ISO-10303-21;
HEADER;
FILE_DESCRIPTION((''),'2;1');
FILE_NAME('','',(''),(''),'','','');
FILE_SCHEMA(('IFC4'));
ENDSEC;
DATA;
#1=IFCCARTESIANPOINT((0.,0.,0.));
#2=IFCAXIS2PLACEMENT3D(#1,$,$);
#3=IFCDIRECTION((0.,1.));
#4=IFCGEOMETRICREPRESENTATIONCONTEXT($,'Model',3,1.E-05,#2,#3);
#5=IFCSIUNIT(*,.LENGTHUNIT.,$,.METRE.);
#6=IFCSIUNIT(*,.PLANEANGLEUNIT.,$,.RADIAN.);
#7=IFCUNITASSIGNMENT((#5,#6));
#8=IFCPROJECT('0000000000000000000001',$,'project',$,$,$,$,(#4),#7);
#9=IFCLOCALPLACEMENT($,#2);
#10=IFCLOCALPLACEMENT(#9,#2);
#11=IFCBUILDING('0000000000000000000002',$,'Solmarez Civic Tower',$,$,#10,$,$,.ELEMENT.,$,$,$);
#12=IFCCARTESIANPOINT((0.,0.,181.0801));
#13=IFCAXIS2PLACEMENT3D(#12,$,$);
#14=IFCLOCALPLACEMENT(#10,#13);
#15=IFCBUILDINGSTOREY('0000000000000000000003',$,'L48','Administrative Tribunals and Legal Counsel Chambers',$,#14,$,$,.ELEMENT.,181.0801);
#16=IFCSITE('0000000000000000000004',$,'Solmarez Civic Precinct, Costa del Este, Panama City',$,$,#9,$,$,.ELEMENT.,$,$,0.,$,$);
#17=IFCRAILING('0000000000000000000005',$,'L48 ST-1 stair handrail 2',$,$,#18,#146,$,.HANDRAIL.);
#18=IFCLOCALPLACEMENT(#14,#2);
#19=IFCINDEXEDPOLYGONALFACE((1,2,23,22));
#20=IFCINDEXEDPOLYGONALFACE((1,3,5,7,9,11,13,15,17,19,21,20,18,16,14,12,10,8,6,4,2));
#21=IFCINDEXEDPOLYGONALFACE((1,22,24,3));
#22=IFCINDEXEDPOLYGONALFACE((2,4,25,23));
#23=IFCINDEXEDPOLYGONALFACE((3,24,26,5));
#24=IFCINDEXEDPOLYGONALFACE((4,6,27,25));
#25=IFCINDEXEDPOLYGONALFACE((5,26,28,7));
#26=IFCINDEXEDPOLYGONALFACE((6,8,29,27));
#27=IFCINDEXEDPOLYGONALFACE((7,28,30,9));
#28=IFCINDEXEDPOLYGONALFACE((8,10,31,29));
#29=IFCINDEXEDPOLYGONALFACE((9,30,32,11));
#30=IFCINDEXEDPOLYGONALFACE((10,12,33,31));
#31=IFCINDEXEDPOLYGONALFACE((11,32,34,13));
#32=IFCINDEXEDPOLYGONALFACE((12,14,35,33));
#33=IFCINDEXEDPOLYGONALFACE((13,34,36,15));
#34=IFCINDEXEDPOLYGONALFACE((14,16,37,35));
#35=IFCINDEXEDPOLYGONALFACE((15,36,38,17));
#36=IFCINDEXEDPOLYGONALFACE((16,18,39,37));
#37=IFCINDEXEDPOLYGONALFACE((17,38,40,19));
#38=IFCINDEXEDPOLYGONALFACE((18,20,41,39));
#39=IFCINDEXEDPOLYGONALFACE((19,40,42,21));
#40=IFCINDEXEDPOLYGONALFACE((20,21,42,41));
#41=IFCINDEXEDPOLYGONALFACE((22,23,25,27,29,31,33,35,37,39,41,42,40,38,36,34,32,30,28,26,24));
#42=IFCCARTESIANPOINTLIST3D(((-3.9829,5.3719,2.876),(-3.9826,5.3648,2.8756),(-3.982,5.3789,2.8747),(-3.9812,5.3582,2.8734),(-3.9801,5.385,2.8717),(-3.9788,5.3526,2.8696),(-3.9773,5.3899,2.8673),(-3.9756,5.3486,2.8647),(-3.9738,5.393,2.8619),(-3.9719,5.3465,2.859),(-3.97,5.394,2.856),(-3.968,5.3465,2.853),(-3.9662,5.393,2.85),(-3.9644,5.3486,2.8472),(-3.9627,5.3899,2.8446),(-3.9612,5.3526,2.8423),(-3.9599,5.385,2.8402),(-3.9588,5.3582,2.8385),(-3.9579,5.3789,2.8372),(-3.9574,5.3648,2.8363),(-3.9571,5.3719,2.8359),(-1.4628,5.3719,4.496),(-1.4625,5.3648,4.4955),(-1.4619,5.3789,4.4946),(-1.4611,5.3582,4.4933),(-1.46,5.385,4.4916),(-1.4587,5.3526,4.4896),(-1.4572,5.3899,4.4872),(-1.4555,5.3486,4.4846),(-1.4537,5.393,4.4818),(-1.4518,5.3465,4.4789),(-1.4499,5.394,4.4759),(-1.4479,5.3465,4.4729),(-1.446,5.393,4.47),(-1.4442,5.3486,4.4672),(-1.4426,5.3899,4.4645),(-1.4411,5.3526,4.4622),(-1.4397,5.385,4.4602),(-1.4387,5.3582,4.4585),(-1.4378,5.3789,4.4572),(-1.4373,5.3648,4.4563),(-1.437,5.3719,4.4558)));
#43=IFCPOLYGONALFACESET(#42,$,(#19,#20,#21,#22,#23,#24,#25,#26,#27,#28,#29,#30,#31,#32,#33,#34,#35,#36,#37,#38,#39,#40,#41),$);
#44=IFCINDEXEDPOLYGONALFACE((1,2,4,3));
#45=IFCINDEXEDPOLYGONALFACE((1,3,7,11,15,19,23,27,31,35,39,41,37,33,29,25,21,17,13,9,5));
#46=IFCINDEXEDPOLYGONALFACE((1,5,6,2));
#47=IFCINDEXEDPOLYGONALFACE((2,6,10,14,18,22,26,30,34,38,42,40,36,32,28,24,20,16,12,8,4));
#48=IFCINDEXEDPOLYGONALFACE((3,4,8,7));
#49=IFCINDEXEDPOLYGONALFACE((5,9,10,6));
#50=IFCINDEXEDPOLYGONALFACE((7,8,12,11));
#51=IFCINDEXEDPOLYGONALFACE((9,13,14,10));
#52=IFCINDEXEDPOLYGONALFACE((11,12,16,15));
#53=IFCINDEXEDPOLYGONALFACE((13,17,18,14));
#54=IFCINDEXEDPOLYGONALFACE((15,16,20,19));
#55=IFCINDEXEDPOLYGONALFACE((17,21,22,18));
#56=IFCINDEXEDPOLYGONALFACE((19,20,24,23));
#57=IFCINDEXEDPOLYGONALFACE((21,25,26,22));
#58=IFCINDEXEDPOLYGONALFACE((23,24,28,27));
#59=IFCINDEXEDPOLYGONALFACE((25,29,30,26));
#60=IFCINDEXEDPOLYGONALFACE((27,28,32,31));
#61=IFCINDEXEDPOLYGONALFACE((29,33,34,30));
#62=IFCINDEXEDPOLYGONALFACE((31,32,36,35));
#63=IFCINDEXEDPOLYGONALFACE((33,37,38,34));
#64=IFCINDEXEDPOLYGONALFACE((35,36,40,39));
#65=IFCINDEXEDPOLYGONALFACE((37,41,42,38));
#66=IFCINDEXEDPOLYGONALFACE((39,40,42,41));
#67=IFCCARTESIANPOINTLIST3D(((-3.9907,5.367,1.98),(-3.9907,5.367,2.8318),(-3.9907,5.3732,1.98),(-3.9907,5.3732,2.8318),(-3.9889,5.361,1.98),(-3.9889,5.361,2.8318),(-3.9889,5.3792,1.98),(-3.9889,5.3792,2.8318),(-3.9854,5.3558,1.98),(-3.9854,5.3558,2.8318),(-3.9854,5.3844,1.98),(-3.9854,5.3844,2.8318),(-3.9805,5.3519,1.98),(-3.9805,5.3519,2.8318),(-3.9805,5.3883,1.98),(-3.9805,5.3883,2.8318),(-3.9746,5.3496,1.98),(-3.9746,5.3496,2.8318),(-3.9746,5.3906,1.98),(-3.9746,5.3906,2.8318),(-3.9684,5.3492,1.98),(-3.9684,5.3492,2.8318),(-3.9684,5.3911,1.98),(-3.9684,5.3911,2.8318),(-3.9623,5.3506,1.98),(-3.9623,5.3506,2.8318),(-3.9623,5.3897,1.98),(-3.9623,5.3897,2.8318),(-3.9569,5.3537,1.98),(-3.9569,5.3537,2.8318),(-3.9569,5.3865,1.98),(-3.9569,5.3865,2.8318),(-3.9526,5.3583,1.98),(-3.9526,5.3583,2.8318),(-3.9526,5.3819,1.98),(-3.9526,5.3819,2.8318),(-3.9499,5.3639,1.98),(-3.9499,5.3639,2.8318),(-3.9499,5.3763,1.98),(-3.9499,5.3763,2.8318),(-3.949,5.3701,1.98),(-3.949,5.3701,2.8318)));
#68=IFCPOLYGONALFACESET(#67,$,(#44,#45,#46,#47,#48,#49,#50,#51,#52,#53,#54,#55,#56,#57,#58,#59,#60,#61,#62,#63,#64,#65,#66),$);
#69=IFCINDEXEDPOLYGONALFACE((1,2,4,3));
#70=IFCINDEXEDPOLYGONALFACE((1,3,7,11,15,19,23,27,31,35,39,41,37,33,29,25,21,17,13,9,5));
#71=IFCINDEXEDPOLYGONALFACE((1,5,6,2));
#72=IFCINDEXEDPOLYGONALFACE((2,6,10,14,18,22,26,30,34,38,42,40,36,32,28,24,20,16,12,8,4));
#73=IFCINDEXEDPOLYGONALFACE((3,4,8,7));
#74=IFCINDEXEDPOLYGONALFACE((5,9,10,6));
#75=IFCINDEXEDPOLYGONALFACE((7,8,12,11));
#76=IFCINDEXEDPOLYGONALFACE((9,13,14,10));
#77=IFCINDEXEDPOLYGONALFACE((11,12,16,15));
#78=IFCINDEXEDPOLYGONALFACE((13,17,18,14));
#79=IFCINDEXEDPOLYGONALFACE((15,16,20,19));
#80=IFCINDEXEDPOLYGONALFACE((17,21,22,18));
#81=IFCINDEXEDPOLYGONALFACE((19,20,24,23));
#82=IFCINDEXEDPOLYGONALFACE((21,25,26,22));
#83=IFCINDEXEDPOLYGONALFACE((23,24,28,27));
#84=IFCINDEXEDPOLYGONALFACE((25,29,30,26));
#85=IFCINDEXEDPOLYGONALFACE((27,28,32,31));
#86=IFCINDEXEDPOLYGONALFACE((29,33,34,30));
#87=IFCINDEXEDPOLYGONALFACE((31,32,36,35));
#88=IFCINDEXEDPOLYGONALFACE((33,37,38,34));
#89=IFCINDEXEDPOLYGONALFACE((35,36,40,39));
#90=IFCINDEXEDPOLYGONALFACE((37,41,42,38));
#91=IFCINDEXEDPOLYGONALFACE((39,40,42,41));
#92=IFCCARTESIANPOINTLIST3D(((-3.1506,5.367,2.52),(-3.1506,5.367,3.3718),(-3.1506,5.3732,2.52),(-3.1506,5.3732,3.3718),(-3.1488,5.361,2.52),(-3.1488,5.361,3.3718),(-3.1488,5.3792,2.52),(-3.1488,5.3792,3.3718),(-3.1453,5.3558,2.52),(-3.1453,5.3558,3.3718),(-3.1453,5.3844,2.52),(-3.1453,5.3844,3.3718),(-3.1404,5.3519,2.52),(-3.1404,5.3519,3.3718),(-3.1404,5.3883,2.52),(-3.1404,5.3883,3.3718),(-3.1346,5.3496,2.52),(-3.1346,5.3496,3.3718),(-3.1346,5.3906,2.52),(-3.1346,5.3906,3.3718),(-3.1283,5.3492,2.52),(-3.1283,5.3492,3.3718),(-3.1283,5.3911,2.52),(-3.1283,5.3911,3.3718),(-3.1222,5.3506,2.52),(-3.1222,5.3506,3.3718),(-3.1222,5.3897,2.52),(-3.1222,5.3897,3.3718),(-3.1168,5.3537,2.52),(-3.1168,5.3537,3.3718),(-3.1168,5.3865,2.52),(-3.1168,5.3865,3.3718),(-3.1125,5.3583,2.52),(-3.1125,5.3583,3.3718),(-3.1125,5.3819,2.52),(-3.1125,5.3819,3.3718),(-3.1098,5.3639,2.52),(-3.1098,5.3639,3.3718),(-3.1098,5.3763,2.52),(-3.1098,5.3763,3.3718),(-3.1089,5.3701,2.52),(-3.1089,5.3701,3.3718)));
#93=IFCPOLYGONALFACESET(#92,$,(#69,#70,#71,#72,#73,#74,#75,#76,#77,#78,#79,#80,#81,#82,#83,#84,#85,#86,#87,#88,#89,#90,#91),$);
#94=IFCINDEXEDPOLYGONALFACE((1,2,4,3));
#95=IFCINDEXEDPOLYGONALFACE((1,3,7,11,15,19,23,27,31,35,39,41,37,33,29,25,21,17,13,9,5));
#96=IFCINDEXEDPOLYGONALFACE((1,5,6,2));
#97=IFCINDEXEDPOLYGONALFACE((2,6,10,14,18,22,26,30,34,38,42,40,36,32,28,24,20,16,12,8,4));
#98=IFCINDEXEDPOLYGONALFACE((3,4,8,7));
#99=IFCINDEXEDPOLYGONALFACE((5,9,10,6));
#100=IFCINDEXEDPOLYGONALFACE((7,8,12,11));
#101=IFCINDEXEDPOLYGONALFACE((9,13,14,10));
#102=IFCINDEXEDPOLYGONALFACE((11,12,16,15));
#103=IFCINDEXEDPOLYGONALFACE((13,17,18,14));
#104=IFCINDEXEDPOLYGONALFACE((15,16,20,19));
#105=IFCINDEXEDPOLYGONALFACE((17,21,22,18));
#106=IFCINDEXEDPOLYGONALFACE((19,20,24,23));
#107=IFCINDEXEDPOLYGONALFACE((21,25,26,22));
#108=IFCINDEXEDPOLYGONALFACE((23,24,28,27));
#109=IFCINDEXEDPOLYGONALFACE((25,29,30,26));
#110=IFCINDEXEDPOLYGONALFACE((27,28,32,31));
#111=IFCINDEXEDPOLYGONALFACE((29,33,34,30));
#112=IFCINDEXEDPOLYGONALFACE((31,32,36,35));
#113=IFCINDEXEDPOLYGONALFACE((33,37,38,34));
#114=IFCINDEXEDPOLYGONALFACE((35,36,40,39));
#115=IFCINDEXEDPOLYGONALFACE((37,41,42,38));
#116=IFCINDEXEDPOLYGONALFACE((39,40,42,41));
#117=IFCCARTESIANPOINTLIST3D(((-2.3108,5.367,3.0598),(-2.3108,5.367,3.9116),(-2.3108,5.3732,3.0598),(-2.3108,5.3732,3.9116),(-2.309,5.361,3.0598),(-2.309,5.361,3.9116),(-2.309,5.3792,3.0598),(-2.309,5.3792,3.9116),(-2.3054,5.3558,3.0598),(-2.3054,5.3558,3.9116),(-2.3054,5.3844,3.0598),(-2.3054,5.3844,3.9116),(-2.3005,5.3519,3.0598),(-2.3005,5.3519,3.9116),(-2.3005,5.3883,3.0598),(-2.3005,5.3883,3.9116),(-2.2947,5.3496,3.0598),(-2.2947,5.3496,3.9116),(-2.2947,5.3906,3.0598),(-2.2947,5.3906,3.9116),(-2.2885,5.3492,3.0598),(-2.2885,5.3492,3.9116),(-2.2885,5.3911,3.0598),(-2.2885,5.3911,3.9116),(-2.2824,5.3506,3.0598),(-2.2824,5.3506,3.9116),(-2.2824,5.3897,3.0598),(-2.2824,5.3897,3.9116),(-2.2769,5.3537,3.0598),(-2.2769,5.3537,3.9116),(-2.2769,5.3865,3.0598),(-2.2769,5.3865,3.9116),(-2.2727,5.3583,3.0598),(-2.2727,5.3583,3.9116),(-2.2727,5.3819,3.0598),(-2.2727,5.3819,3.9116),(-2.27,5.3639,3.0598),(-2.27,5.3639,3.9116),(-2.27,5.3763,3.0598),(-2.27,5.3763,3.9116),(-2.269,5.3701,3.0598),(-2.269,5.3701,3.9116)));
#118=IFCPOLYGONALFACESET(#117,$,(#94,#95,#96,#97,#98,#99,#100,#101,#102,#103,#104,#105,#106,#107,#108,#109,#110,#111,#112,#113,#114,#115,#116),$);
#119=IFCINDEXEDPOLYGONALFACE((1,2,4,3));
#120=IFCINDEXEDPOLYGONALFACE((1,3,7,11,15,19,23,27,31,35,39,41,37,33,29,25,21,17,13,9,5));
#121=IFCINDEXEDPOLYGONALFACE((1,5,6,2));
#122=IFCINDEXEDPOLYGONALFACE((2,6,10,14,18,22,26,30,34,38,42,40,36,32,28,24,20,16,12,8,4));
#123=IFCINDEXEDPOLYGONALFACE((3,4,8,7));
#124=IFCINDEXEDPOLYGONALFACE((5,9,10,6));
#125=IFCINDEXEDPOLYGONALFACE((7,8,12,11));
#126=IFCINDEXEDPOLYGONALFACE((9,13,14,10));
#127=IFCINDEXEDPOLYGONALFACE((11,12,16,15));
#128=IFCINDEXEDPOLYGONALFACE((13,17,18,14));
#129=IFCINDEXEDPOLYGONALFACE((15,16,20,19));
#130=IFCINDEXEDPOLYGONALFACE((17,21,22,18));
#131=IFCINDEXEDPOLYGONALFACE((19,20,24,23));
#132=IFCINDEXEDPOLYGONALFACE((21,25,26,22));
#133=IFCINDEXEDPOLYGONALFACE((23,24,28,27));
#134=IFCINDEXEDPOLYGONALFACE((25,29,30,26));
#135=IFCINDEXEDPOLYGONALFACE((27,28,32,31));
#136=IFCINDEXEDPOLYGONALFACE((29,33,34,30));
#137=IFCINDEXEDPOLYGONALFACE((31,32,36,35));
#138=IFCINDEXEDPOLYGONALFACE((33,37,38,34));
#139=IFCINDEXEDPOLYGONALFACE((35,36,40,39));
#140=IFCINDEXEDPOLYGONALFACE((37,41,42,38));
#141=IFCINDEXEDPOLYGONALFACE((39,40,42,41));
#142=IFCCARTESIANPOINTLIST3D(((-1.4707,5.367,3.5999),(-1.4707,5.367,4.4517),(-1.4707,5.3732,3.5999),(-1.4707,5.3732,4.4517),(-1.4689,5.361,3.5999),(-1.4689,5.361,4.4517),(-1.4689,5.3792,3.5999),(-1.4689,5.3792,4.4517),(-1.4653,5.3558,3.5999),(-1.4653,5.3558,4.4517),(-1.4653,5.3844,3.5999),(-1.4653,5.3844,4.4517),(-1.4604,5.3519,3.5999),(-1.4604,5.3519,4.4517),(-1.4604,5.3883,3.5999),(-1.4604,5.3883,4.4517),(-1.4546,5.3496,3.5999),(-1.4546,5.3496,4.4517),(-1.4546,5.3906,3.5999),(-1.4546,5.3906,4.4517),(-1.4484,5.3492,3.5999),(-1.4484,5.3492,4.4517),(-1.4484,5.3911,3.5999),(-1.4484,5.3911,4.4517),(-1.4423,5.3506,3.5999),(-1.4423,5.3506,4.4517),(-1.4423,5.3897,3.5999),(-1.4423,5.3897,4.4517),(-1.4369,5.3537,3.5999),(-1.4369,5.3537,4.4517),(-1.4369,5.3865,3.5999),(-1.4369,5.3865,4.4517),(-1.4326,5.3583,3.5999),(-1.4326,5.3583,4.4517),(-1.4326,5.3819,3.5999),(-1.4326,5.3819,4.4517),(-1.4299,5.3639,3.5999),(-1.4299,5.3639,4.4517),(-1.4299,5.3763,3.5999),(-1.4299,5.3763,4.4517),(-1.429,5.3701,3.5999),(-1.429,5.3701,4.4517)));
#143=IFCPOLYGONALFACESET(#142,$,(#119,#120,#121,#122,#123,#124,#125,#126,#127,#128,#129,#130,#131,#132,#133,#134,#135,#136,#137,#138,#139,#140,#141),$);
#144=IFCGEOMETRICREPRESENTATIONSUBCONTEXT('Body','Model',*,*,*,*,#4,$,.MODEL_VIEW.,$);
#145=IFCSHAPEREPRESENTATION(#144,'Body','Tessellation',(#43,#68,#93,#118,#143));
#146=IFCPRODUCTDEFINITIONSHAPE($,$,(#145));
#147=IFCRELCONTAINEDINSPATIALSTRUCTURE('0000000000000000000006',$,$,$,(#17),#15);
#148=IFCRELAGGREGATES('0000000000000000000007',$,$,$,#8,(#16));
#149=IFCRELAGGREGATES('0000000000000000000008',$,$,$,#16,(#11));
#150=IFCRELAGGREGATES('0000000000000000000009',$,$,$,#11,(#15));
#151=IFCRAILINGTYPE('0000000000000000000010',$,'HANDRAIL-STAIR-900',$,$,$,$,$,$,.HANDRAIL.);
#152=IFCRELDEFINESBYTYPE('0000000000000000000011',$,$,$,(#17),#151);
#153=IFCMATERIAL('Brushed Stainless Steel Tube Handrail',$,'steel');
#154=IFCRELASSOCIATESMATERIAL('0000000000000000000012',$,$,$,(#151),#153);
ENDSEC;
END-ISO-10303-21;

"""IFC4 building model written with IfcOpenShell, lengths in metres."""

from ifc_helpers import new_model, si_unit, direction, frame, origin, origin_2d, place, context, subcontext, project, spatial, circle, extrude, material, type_object, element, save


model = new_model("IFC4")

# Units and contexts
model_context = context("Model", 3, precision=1e-05, world=origin(), true_north=direction((0.0, 1.0)))
body_context = subcontext(model_context, "Body", "Model", "MODEL_VIEW")
ifc_project = project(units=[si_unit("LENGTHUNIT", "METRE"), si_unit("PLANEANGLEUNIT", "RADIAN")], contexts=[model_context])

# Site, building, storey
site_placement = place(None, origin())
site = spatial("IfcSite", under=ifc_project, at=site_placement, Name="Solmarez Civic Precinct, Costa del Este, Panama City", CompositionType="ELEMENT", RefElevation=0.0)
building_placement = place(site_placement, origin())
building = spatial("IfcBuilding", under=site, at=building_placement, Name="Solmarez Civic Tower", CompositionType="ELEMENT")
storey_placement = place(building_placement, frame((0.0, 0.0, 181.0801)))
storey = spatial("IfcBuildingStorey", under=building, at=storey_placement, Name="L48", Description="Administrative Tribunals and Legal Counsel Chambers", CompositionType="ELEMENT", Elevation=181.0801)

# Railing
ifc_material_1 = material(Name="Brushed Stainless Steel Tube Handrail", Category="steel")
railing_type_1 = type_object("IfcRailingType", Name="HANDRAIL-STAIR-900", PredefinedType="HANDRAIL", material=ifc_material_1)
railing_1_placement = place(storey_placement, frame((-3.97, 5.3701, 1.98)))
element("IfcRailing", 1, at=railing_1_placement, inside=storey, type_object=railing_type_1, Name="L48 ST-1 stair handrail 2", PredefinedType="HANDRAIL", context=body_context, shape_type="SweptSolid", body=[
    extrude(circle(Radius=0.0239, at=origin_2d()), frame((0.0, 0.0, 0.876), z_axis=(0.8412, 0.0, 0.540725), x_axis=(0.0, 1.0, 0.0)), (0.0, 0.0, 1.0), 2.9958),
    extrude(circle(Radius=0.021, at=origin_2d()), origin(), (0.0, 0.0, 1.0), 0.8518),
    extrude(circle(Radius=0.021, at=origin_2d()), frame((0.8401, 0.0, 0.54)), (0.0, 0.0, 1.0), 0.8518),
    extrude(circle(Radius=0.021, at=origin_2d()), frame((1.6799, 0.0, 1.0798)), (0.0, 0.0, 1.0), 0.8518),
    extrude(circle(Radius=0.021, at=origin_2d()), frame((2.52, 0.0, 1.6199)), (0.0, 0.0, 1.0), 0.8518),
])

save(model, "model.ifc")
